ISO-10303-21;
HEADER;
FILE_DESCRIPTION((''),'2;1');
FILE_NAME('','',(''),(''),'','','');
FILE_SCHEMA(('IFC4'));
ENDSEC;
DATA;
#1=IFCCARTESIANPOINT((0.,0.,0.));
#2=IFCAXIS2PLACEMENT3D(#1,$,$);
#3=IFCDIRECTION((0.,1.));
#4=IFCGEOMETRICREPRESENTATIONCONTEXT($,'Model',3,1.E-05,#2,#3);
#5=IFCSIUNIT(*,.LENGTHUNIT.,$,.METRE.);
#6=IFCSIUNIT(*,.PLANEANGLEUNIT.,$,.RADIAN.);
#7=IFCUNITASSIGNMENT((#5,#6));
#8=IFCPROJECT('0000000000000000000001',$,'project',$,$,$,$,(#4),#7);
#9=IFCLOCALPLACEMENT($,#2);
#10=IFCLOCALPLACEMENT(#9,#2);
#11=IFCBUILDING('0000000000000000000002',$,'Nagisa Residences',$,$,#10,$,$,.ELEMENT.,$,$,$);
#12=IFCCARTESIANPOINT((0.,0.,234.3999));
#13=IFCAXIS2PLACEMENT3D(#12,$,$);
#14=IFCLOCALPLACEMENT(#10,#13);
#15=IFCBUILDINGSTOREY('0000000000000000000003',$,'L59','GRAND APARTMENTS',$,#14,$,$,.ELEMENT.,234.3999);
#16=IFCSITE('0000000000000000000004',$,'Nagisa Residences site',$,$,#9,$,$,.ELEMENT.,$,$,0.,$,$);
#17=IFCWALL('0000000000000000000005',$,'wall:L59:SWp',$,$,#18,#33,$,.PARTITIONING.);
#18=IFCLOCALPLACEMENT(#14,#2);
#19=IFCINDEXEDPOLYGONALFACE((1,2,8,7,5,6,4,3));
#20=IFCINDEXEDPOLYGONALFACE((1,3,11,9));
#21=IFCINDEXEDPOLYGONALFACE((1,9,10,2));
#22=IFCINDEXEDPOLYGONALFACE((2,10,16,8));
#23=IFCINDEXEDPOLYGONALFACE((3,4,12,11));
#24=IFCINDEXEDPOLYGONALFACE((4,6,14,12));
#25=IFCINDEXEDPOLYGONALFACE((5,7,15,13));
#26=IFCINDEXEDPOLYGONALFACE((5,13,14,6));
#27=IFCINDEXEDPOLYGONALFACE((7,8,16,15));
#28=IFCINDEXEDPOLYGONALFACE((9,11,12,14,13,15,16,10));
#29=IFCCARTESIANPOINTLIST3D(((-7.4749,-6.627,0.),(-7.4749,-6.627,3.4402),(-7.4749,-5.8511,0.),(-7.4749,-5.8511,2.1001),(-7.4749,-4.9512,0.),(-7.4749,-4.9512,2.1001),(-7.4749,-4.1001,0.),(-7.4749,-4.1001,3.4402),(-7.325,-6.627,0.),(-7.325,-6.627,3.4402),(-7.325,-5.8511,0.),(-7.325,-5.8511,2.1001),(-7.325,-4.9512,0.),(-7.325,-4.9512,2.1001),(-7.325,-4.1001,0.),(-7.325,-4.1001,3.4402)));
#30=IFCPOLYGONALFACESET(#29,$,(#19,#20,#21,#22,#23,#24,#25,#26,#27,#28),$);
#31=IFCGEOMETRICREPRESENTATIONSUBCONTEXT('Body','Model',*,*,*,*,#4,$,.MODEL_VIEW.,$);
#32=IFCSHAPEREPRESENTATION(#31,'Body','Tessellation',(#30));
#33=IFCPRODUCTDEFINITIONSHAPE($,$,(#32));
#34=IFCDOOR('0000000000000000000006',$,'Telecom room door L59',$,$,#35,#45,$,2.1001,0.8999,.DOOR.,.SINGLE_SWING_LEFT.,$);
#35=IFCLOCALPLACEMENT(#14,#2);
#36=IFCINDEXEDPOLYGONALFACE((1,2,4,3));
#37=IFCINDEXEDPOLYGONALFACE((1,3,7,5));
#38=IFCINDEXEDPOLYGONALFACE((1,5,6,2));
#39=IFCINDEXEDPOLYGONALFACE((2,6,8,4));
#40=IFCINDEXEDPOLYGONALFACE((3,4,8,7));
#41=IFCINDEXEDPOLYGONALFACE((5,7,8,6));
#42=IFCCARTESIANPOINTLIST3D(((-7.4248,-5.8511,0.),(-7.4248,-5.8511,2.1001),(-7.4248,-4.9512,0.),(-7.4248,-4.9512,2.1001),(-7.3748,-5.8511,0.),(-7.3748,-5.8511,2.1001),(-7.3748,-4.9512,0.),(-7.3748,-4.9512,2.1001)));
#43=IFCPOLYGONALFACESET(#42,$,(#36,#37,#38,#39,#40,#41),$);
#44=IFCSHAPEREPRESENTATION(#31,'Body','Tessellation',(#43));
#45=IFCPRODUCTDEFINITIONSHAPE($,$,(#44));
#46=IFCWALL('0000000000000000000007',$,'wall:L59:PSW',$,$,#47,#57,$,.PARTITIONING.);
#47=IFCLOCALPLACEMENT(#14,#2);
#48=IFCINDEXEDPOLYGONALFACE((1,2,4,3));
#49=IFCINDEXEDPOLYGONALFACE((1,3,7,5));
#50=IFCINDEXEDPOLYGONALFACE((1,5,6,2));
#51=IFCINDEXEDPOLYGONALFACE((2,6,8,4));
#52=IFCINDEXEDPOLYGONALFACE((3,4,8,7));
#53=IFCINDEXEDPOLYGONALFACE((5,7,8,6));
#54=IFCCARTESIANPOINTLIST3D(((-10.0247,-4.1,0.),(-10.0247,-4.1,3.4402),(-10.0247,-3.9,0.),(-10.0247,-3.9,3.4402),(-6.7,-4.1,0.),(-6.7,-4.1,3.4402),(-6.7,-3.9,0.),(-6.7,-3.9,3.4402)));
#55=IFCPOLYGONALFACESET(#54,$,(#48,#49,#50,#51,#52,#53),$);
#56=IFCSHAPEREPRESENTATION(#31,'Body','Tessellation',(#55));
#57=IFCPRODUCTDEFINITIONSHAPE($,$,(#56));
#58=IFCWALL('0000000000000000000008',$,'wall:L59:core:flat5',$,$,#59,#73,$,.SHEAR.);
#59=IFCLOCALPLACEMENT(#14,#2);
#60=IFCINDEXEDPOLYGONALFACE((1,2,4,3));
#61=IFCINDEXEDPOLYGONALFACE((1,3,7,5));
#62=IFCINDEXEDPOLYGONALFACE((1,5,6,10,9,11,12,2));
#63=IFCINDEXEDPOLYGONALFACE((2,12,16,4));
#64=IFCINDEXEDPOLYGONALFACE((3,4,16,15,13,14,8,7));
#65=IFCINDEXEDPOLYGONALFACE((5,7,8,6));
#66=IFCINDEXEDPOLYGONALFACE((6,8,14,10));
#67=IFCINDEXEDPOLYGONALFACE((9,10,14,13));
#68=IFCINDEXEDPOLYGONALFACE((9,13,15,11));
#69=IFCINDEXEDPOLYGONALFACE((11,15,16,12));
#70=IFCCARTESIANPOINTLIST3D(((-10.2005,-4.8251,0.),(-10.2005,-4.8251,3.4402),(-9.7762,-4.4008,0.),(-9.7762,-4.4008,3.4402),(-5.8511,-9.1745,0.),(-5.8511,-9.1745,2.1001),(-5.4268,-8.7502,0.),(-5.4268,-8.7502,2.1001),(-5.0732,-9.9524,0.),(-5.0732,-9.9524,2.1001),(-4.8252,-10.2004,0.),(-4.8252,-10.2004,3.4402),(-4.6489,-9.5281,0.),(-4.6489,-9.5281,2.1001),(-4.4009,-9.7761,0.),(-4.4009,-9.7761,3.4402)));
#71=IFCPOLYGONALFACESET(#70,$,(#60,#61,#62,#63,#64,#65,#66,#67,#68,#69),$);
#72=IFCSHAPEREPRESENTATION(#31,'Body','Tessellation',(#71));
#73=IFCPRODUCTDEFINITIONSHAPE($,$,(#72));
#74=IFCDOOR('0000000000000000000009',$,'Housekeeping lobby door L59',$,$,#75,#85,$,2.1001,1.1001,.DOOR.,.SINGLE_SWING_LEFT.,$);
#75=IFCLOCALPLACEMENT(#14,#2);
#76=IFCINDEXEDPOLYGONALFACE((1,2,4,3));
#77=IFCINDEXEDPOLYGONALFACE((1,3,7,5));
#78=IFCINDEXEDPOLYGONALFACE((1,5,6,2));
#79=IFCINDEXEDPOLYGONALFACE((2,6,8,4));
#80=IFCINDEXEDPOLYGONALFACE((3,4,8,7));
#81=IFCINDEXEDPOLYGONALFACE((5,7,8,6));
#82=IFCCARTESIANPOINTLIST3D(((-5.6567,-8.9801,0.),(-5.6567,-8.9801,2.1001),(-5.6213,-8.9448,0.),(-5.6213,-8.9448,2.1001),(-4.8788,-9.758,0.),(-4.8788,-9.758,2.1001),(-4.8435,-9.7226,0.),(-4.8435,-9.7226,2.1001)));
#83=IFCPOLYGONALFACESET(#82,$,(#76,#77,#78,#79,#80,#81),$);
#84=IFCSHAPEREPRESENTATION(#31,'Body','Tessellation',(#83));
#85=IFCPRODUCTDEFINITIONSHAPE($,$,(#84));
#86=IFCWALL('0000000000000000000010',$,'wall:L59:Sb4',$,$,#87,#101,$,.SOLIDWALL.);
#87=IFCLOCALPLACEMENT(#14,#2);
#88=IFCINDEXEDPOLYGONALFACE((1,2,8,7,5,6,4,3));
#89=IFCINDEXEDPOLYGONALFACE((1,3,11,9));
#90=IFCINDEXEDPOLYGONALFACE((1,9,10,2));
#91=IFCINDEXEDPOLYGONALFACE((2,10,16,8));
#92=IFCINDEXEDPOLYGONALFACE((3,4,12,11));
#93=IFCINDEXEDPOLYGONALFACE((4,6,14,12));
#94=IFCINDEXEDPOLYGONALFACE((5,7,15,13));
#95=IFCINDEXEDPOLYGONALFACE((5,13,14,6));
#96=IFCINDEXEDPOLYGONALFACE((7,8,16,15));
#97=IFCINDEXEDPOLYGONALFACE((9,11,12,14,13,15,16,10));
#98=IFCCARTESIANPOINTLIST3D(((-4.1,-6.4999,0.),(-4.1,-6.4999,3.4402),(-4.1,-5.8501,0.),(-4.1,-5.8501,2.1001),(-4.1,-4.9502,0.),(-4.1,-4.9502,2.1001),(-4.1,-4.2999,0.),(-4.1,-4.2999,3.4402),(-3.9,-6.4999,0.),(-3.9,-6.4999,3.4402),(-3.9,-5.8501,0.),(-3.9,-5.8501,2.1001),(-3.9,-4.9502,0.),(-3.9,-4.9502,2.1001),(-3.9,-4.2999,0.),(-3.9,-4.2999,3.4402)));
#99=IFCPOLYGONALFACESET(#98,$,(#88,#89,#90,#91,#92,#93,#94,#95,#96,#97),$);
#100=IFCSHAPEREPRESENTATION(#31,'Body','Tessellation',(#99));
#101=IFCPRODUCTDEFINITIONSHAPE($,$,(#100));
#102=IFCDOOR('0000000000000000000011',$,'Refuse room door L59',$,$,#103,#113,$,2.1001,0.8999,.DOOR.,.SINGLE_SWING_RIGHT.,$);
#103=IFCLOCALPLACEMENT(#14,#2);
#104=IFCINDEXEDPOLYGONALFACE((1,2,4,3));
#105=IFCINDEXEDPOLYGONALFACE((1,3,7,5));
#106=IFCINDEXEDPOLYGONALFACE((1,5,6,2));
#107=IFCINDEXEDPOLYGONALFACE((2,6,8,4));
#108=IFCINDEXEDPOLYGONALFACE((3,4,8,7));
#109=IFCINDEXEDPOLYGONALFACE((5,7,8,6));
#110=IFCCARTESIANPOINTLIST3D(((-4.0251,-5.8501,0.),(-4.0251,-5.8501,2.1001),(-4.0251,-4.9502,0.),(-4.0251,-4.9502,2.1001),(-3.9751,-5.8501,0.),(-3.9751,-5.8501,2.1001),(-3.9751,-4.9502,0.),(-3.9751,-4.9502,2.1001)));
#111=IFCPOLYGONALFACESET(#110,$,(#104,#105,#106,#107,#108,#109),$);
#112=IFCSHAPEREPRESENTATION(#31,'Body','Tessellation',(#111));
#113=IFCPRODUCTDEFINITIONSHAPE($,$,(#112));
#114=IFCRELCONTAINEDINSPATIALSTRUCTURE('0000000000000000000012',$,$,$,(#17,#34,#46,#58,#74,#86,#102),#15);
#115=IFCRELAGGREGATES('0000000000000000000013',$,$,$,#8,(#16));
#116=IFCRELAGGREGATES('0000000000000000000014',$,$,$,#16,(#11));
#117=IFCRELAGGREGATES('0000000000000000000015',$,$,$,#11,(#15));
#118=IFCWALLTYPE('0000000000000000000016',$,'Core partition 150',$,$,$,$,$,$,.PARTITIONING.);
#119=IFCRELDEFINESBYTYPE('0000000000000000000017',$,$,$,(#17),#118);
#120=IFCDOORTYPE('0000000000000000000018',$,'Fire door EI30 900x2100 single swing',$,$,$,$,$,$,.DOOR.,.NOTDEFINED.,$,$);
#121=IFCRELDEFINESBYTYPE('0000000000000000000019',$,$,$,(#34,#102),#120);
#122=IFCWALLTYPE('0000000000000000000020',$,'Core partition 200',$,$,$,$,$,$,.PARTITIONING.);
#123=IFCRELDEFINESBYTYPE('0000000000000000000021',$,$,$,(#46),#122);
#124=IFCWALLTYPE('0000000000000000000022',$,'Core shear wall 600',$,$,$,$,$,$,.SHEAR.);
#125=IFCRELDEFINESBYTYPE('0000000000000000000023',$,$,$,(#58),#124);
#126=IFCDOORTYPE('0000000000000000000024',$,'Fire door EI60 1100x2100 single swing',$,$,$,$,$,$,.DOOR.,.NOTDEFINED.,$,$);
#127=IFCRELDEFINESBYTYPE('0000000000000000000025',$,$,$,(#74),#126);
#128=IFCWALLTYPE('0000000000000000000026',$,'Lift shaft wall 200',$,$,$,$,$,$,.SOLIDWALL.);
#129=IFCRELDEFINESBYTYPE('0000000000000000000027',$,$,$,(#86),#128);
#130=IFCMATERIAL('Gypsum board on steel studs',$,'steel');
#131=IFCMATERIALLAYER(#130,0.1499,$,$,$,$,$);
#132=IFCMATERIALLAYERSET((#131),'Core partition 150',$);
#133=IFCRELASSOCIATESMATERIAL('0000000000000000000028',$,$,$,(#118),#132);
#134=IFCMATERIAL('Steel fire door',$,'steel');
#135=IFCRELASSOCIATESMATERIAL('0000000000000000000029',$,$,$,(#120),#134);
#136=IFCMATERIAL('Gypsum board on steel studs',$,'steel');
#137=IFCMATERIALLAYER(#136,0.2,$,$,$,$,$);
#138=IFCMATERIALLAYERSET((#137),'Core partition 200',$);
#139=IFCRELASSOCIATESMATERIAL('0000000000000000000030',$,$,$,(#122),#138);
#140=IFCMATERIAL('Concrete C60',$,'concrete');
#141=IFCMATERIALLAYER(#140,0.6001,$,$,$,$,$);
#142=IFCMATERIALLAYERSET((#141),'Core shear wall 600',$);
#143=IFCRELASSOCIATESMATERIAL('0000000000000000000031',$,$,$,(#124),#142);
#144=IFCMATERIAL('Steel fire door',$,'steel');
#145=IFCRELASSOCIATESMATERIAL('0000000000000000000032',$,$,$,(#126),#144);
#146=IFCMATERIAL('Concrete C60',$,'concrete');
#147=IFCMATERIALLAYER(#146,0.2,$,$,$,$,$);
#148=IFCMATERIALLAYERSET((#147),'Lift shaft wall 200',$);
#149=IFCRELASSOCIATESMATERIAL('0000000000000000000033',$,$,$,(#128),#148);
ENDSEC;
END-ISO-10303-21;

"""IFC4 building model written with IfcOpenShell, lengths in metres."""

from ifc_helpers import new_model, si_unit, direction, frame, frame_2d, origin, place, context, subcontext, project, spatial, rectangle, extrude, material, layer, layer_set, type_object, element, fill, save


model = new_model("IFC4")

# Units and contexts
model_context = context("Model", 3, precision=1e-05, world=origin(), true_north=direction((0.0, 1.0)))
body_context = subcontext(model_context, "Body", "Model", "MODEL_VIEW")
ifc_project = project(units=[si_unit("LENGTHUNIT", "METRE"), si_unit("PLANEANGLEUNIT", "RADIAN")], contexts=[model_context])

# Site, building, storey
site_placement = place(None, origin())
site = spatial("IfcSite", under=ifc_project, at=site_placement, Name="Nagisa Residences site", CompositionType="ELEMENT", RefElevation=0.0)
building_placement = place(site_placement, origin())
building = spatial("IfcBuilding", under=site, at=building_placement, Name="Nagisa Residences", CompositionType="ELEMENT")
storey_placement = place(building_placement, frame((0.0, 0.0, 234.3999)))
storey = spatial("IfcBuildingStorey", under=building, at=storey_placement, Name="L59", Description="GRAND APARTMENTS", CompositionType="ELEMENT", Elevation=234.3999)

# Wall, opening, door
ifc_material_1 = material(Name="Gypsum board on steel studs", Category="steel")
ifc_layer_1 = layer(ifc_material_1, 0.1499)
ifc_layer_set_1 = layer_set([ifc_layer_1], Name="Core partition 150")
wall_type_1 = type_object("IfcWallType", Name="Core partition 150", PredefinedType="PARTITIONING", material=ifc_layer_set_1)
wall_1_placement = place(storey_placement, frame((-7.3999, -6.627, 0.0), z_axis=(0.0, 0.0, 1.0), x_axis=(0.0, 1.0, 0.0)))
wall_1 = element("IfcWall", 1, at=wall_1_placement, inside=storey, type_object=wall_type_1, Name="wall:L59:SWp", PredefinedType="PARTITIONING", context=body_context, shape_type="SweptSolid", body=[
    extrude(rectangle(XDim=2.5269, YDim=0.1499, at=frame_2d((1.2634, 0.0))), origin(), (0.0, 0.0, 1.0), 3.4402),
])
opening_1_placement = place(wall_1_placement, frame((0.7759, 0.0, 0.0)))
opening_1 = element("IfcOpeningElement", 2, at=opening_1_placement, cuts=wall_1, PredefinedType="OPENING", context=body_context, shape_type="SweptSolid", body=[
    extrude(rectangle(XDim=0.8999, YDim=2.1001, at=frame_2d((0.45, 1.05))), frame((0.0, 0.085, 0.0), z_axis=(0.0, -1.0, 0.0), x_axis=(1.0, 0.0, 0.0)), (0.0, 0.0, 1.0), 0.1699),
])
ifc_material_2 = material(Name="Steel fire door", Category="steel")
door_type_1 = type_object("IfcDoorType", Name="Fire door EI30 900x2100 single swing", OperationType="NOTDEFINED", PredefinedType="DOOR", material=ifc_material_2)
door_1_placement = place(opening_1_placement, origin())
door_1 = element("IfcDoor", 3, at=door_1_placement, inside=storey, type_object=door_type_1, Name="Telecom room door L59", OperationType="SINGLE_SWING_LEFT", OverallHeight=2.1001, OverallWidth=0.8999, PredefinedType="DOOR", context=body_context, shape_type="SweptSolid", body=[
    extrude(rectangle(XDim=0.8999, YDim=2.1001, at=frame_2d((0.45, 1.05))), frame((0.0, 0.0249, 0.0), z_axis=(0.0, -1.0, 0.0), x_axis=(1.0, 0.0, 0.0)), (0.0, 0.0, 1.0), 0.05),
])
fill(opening_1, door_1)

# Wall
ifc_material_3 = material(Name="Gypsum board on steel studs", Category="steel")
ifc_layer_2 = layer(ifc_material_3, 0.2)
ifc_layer_set_2 = layer_set([ifc_layer_2], Name="Core partition 200")
wall_type_2 = type_object("IfcWallType", Name="Core partition 200", PredefinedType="PARTITIONING", material=ifc_layer_set_2)
wall_2_placement = place(storey_placement, frame((-10.0247, -4.0, 0.0), z_axis=(0.0, 0.0, 1.0), x_axis=(1.0, 0.0, 0.0)))
element("IfcWall", 4, at=wall_2_placement, inside=storey, type_object=wall_type_2, Name="wall:L59:PSW", PredefinedType="PARTITIONING", context=body_context, shape_type="SweptSolid", body=[
    extrude(rectangle(XDim=3.3247, YDim=0.2, at=frame_2d((1.6624, 0.0))), origin(), (0.0, 0.0, 1.0), 3.4402),
])

# Walls, openings, doors
ifc_material_4 = material(Name="Concrete C60", Category="concrete")
ifc_layer_3 = layer(ifc_material_4, 0.6001)
ifc_layer_set_3 = layer_set([ifc_layer_3], Name="Core shear wall 600")
wall_type_3 = type_object("IfcWallType", Name="Core shear wall 600", PredefinedType="SHEAR", material=ifc_layer_set_3)
wall_3_placement = place(storey_placement, frame((-9.9883, -4.613, 0.0), z_axis=(0.0, 0.0, 1.0), x_axis=(0.707107, -0.707107, 0.0)))
wall_3 = element("IfcWall", 5, at=wall_3_placement, inside=storey, type_object=wall_type_3, Name="wall:L59:core:flat5", PredefinedType="SHEAR", context=body_context, shape_type="SweptSolid", body=[
    extrude(rectangle(XDim=7.6018, YDim=0.6001, at=frame_2d((3.8008, 0.0))), origin(), (0.0, 0.0, 1.0), 3.4402),
])
opening_2_placement = place(wall_3_placement, frame((6.1509, 0.0, 0.0)))
opening_2 = element("IfcOpeningElement", 6, at=opening_2_placement, cuts=wall_3, PredefinedType="OPENING", context=body_context, shape_type="SweptSolid", body=[
    extrude(rectangle(XDim=1.1001, YDim=2.1001, at=frame_2d((0.55, 1.05))), frame((0.0, 0.3101, 0.0), z_axis=(0.0, -1.0, 0.0), x_axis=(1.0, 0.0, 0.0)), (0.0, 0.0, 1.0), 0.6201),
])
ifc_material_5 = material(Name="Steel fire door", Category="steel")
door_type_2 = type_object("IfcDoorType", Name="Fire door EI60 1100x2100 single swing", OperationType="NOTDEFINED", PredefinedType="DOOR", material=ifc_material_5)
door_2_placement = place(opening_2_placement, origin())
door_2 = element("IfcDoor", 7, at=door_2_placement, inside=storey, type_object=door_type_2, Name="Housekeeping lobby door L59", OperationType="SINGLE_SWING_LEFT", OverallHeight=2.1001, OverallWidth=1.1001, PredefinedType="DOOR", context=body_context, shape_type="SweptSolid", body=[
    extrude(rectangle(XDim=1.1001, YDim=2.1001, at=frame_2d((0.55, 1.05))), frame((0.0, 0.0249, 0.0), z_axis=(0.0, -1.0, 0.0), x_axis=(1.0, 0.0, 0.0)), (0.0, 0.0, 1.0), 0.05),
])
fill(opening_2, door_2)
ifc_material_6 = material(Name="Concrete C60", Category="concrete")
ifc_layer_4 = layer(ifc_material_6, 0.2)
ifc_layer_set_4 = layer_set([ifc_layer_4], Name="Lift shaft wall 200")
wall_type_4 = type_object("IfcWallType", Name="Lift shaft wall 200", PredefinedType="SOLIDWALL", material=ifc_layer_set_4)
wall_4_placement = place(storey_placement, frame((-4.0, -6.5, 0.0), z_axis=(0.0, 0.0, 1.0), x_axis=(0.0, 1.0, 0.0)))
wall_4 = element("IfcWall", 8, at=wall_4_placement, inside=storey, type_object=wall_type_4, Name="wall:L59:Sb4", PredefinedType="SOLIDWALL", context=body_context, shape_type="SweptSolid", body=[
    extrude(rectangle(XDim=2.2, YDim=0.2, at=frame_2d((1.1001, 0.0))), origin(), (0.0, 0.0, 1.0), 3.4402),
])
opening_3_placement = place(wall_4_placement, frame((0.6499, 0.0, 0.0)))
opening_3 = element("IfcOpeningElement", 9, at=opening_3_placement, cuts=wall_4, PredefinedType="OPENING", context=body_context, shape_type="SweptSolid", body=[
    extrude(rectangle(XDim=0.8999, YDim=2.1001, at=frame_2d((0.45, 1.05))), frame((0.0, 0.1099, 0.0), z_axis=(0.0, -1.0, 0.0), x_axis=(1.0, 0.0, 0.0)), (0.0, 0.0, 1.0), 0.22),
])
door_3_placement = place(opening_3_placement, frame((0.8999, 0.0, 0.0), x_axis=(-1.0, 0.0, 0.0)))
door_3 = element("IfcDoor", 10, at=door_3_placement, inside=storey, type_object=door_type_1, Name="Refuse room door L59", OperationType="SINGLE_SWING_RIGHT", OverallHeight=2.1001, OverallWidth=0.8999, PredefinedType="DOOR", context=body_context, shape_type="SweptSolid", body=[
    extrude(rectangle(XDim=0.8999, YDim=2.1001, at=frame_2d((0.45, 1.05))), frame((0.0, 0.0249, 0.0), z_axis=(0.0, -1.0, 0.0), x_axis=(1.0, 0.0, 0.0)), (0.0, 0.0, 1.0), 0.05),
])
fill(opening_3, door_3)

save(model, "model.ifc")
